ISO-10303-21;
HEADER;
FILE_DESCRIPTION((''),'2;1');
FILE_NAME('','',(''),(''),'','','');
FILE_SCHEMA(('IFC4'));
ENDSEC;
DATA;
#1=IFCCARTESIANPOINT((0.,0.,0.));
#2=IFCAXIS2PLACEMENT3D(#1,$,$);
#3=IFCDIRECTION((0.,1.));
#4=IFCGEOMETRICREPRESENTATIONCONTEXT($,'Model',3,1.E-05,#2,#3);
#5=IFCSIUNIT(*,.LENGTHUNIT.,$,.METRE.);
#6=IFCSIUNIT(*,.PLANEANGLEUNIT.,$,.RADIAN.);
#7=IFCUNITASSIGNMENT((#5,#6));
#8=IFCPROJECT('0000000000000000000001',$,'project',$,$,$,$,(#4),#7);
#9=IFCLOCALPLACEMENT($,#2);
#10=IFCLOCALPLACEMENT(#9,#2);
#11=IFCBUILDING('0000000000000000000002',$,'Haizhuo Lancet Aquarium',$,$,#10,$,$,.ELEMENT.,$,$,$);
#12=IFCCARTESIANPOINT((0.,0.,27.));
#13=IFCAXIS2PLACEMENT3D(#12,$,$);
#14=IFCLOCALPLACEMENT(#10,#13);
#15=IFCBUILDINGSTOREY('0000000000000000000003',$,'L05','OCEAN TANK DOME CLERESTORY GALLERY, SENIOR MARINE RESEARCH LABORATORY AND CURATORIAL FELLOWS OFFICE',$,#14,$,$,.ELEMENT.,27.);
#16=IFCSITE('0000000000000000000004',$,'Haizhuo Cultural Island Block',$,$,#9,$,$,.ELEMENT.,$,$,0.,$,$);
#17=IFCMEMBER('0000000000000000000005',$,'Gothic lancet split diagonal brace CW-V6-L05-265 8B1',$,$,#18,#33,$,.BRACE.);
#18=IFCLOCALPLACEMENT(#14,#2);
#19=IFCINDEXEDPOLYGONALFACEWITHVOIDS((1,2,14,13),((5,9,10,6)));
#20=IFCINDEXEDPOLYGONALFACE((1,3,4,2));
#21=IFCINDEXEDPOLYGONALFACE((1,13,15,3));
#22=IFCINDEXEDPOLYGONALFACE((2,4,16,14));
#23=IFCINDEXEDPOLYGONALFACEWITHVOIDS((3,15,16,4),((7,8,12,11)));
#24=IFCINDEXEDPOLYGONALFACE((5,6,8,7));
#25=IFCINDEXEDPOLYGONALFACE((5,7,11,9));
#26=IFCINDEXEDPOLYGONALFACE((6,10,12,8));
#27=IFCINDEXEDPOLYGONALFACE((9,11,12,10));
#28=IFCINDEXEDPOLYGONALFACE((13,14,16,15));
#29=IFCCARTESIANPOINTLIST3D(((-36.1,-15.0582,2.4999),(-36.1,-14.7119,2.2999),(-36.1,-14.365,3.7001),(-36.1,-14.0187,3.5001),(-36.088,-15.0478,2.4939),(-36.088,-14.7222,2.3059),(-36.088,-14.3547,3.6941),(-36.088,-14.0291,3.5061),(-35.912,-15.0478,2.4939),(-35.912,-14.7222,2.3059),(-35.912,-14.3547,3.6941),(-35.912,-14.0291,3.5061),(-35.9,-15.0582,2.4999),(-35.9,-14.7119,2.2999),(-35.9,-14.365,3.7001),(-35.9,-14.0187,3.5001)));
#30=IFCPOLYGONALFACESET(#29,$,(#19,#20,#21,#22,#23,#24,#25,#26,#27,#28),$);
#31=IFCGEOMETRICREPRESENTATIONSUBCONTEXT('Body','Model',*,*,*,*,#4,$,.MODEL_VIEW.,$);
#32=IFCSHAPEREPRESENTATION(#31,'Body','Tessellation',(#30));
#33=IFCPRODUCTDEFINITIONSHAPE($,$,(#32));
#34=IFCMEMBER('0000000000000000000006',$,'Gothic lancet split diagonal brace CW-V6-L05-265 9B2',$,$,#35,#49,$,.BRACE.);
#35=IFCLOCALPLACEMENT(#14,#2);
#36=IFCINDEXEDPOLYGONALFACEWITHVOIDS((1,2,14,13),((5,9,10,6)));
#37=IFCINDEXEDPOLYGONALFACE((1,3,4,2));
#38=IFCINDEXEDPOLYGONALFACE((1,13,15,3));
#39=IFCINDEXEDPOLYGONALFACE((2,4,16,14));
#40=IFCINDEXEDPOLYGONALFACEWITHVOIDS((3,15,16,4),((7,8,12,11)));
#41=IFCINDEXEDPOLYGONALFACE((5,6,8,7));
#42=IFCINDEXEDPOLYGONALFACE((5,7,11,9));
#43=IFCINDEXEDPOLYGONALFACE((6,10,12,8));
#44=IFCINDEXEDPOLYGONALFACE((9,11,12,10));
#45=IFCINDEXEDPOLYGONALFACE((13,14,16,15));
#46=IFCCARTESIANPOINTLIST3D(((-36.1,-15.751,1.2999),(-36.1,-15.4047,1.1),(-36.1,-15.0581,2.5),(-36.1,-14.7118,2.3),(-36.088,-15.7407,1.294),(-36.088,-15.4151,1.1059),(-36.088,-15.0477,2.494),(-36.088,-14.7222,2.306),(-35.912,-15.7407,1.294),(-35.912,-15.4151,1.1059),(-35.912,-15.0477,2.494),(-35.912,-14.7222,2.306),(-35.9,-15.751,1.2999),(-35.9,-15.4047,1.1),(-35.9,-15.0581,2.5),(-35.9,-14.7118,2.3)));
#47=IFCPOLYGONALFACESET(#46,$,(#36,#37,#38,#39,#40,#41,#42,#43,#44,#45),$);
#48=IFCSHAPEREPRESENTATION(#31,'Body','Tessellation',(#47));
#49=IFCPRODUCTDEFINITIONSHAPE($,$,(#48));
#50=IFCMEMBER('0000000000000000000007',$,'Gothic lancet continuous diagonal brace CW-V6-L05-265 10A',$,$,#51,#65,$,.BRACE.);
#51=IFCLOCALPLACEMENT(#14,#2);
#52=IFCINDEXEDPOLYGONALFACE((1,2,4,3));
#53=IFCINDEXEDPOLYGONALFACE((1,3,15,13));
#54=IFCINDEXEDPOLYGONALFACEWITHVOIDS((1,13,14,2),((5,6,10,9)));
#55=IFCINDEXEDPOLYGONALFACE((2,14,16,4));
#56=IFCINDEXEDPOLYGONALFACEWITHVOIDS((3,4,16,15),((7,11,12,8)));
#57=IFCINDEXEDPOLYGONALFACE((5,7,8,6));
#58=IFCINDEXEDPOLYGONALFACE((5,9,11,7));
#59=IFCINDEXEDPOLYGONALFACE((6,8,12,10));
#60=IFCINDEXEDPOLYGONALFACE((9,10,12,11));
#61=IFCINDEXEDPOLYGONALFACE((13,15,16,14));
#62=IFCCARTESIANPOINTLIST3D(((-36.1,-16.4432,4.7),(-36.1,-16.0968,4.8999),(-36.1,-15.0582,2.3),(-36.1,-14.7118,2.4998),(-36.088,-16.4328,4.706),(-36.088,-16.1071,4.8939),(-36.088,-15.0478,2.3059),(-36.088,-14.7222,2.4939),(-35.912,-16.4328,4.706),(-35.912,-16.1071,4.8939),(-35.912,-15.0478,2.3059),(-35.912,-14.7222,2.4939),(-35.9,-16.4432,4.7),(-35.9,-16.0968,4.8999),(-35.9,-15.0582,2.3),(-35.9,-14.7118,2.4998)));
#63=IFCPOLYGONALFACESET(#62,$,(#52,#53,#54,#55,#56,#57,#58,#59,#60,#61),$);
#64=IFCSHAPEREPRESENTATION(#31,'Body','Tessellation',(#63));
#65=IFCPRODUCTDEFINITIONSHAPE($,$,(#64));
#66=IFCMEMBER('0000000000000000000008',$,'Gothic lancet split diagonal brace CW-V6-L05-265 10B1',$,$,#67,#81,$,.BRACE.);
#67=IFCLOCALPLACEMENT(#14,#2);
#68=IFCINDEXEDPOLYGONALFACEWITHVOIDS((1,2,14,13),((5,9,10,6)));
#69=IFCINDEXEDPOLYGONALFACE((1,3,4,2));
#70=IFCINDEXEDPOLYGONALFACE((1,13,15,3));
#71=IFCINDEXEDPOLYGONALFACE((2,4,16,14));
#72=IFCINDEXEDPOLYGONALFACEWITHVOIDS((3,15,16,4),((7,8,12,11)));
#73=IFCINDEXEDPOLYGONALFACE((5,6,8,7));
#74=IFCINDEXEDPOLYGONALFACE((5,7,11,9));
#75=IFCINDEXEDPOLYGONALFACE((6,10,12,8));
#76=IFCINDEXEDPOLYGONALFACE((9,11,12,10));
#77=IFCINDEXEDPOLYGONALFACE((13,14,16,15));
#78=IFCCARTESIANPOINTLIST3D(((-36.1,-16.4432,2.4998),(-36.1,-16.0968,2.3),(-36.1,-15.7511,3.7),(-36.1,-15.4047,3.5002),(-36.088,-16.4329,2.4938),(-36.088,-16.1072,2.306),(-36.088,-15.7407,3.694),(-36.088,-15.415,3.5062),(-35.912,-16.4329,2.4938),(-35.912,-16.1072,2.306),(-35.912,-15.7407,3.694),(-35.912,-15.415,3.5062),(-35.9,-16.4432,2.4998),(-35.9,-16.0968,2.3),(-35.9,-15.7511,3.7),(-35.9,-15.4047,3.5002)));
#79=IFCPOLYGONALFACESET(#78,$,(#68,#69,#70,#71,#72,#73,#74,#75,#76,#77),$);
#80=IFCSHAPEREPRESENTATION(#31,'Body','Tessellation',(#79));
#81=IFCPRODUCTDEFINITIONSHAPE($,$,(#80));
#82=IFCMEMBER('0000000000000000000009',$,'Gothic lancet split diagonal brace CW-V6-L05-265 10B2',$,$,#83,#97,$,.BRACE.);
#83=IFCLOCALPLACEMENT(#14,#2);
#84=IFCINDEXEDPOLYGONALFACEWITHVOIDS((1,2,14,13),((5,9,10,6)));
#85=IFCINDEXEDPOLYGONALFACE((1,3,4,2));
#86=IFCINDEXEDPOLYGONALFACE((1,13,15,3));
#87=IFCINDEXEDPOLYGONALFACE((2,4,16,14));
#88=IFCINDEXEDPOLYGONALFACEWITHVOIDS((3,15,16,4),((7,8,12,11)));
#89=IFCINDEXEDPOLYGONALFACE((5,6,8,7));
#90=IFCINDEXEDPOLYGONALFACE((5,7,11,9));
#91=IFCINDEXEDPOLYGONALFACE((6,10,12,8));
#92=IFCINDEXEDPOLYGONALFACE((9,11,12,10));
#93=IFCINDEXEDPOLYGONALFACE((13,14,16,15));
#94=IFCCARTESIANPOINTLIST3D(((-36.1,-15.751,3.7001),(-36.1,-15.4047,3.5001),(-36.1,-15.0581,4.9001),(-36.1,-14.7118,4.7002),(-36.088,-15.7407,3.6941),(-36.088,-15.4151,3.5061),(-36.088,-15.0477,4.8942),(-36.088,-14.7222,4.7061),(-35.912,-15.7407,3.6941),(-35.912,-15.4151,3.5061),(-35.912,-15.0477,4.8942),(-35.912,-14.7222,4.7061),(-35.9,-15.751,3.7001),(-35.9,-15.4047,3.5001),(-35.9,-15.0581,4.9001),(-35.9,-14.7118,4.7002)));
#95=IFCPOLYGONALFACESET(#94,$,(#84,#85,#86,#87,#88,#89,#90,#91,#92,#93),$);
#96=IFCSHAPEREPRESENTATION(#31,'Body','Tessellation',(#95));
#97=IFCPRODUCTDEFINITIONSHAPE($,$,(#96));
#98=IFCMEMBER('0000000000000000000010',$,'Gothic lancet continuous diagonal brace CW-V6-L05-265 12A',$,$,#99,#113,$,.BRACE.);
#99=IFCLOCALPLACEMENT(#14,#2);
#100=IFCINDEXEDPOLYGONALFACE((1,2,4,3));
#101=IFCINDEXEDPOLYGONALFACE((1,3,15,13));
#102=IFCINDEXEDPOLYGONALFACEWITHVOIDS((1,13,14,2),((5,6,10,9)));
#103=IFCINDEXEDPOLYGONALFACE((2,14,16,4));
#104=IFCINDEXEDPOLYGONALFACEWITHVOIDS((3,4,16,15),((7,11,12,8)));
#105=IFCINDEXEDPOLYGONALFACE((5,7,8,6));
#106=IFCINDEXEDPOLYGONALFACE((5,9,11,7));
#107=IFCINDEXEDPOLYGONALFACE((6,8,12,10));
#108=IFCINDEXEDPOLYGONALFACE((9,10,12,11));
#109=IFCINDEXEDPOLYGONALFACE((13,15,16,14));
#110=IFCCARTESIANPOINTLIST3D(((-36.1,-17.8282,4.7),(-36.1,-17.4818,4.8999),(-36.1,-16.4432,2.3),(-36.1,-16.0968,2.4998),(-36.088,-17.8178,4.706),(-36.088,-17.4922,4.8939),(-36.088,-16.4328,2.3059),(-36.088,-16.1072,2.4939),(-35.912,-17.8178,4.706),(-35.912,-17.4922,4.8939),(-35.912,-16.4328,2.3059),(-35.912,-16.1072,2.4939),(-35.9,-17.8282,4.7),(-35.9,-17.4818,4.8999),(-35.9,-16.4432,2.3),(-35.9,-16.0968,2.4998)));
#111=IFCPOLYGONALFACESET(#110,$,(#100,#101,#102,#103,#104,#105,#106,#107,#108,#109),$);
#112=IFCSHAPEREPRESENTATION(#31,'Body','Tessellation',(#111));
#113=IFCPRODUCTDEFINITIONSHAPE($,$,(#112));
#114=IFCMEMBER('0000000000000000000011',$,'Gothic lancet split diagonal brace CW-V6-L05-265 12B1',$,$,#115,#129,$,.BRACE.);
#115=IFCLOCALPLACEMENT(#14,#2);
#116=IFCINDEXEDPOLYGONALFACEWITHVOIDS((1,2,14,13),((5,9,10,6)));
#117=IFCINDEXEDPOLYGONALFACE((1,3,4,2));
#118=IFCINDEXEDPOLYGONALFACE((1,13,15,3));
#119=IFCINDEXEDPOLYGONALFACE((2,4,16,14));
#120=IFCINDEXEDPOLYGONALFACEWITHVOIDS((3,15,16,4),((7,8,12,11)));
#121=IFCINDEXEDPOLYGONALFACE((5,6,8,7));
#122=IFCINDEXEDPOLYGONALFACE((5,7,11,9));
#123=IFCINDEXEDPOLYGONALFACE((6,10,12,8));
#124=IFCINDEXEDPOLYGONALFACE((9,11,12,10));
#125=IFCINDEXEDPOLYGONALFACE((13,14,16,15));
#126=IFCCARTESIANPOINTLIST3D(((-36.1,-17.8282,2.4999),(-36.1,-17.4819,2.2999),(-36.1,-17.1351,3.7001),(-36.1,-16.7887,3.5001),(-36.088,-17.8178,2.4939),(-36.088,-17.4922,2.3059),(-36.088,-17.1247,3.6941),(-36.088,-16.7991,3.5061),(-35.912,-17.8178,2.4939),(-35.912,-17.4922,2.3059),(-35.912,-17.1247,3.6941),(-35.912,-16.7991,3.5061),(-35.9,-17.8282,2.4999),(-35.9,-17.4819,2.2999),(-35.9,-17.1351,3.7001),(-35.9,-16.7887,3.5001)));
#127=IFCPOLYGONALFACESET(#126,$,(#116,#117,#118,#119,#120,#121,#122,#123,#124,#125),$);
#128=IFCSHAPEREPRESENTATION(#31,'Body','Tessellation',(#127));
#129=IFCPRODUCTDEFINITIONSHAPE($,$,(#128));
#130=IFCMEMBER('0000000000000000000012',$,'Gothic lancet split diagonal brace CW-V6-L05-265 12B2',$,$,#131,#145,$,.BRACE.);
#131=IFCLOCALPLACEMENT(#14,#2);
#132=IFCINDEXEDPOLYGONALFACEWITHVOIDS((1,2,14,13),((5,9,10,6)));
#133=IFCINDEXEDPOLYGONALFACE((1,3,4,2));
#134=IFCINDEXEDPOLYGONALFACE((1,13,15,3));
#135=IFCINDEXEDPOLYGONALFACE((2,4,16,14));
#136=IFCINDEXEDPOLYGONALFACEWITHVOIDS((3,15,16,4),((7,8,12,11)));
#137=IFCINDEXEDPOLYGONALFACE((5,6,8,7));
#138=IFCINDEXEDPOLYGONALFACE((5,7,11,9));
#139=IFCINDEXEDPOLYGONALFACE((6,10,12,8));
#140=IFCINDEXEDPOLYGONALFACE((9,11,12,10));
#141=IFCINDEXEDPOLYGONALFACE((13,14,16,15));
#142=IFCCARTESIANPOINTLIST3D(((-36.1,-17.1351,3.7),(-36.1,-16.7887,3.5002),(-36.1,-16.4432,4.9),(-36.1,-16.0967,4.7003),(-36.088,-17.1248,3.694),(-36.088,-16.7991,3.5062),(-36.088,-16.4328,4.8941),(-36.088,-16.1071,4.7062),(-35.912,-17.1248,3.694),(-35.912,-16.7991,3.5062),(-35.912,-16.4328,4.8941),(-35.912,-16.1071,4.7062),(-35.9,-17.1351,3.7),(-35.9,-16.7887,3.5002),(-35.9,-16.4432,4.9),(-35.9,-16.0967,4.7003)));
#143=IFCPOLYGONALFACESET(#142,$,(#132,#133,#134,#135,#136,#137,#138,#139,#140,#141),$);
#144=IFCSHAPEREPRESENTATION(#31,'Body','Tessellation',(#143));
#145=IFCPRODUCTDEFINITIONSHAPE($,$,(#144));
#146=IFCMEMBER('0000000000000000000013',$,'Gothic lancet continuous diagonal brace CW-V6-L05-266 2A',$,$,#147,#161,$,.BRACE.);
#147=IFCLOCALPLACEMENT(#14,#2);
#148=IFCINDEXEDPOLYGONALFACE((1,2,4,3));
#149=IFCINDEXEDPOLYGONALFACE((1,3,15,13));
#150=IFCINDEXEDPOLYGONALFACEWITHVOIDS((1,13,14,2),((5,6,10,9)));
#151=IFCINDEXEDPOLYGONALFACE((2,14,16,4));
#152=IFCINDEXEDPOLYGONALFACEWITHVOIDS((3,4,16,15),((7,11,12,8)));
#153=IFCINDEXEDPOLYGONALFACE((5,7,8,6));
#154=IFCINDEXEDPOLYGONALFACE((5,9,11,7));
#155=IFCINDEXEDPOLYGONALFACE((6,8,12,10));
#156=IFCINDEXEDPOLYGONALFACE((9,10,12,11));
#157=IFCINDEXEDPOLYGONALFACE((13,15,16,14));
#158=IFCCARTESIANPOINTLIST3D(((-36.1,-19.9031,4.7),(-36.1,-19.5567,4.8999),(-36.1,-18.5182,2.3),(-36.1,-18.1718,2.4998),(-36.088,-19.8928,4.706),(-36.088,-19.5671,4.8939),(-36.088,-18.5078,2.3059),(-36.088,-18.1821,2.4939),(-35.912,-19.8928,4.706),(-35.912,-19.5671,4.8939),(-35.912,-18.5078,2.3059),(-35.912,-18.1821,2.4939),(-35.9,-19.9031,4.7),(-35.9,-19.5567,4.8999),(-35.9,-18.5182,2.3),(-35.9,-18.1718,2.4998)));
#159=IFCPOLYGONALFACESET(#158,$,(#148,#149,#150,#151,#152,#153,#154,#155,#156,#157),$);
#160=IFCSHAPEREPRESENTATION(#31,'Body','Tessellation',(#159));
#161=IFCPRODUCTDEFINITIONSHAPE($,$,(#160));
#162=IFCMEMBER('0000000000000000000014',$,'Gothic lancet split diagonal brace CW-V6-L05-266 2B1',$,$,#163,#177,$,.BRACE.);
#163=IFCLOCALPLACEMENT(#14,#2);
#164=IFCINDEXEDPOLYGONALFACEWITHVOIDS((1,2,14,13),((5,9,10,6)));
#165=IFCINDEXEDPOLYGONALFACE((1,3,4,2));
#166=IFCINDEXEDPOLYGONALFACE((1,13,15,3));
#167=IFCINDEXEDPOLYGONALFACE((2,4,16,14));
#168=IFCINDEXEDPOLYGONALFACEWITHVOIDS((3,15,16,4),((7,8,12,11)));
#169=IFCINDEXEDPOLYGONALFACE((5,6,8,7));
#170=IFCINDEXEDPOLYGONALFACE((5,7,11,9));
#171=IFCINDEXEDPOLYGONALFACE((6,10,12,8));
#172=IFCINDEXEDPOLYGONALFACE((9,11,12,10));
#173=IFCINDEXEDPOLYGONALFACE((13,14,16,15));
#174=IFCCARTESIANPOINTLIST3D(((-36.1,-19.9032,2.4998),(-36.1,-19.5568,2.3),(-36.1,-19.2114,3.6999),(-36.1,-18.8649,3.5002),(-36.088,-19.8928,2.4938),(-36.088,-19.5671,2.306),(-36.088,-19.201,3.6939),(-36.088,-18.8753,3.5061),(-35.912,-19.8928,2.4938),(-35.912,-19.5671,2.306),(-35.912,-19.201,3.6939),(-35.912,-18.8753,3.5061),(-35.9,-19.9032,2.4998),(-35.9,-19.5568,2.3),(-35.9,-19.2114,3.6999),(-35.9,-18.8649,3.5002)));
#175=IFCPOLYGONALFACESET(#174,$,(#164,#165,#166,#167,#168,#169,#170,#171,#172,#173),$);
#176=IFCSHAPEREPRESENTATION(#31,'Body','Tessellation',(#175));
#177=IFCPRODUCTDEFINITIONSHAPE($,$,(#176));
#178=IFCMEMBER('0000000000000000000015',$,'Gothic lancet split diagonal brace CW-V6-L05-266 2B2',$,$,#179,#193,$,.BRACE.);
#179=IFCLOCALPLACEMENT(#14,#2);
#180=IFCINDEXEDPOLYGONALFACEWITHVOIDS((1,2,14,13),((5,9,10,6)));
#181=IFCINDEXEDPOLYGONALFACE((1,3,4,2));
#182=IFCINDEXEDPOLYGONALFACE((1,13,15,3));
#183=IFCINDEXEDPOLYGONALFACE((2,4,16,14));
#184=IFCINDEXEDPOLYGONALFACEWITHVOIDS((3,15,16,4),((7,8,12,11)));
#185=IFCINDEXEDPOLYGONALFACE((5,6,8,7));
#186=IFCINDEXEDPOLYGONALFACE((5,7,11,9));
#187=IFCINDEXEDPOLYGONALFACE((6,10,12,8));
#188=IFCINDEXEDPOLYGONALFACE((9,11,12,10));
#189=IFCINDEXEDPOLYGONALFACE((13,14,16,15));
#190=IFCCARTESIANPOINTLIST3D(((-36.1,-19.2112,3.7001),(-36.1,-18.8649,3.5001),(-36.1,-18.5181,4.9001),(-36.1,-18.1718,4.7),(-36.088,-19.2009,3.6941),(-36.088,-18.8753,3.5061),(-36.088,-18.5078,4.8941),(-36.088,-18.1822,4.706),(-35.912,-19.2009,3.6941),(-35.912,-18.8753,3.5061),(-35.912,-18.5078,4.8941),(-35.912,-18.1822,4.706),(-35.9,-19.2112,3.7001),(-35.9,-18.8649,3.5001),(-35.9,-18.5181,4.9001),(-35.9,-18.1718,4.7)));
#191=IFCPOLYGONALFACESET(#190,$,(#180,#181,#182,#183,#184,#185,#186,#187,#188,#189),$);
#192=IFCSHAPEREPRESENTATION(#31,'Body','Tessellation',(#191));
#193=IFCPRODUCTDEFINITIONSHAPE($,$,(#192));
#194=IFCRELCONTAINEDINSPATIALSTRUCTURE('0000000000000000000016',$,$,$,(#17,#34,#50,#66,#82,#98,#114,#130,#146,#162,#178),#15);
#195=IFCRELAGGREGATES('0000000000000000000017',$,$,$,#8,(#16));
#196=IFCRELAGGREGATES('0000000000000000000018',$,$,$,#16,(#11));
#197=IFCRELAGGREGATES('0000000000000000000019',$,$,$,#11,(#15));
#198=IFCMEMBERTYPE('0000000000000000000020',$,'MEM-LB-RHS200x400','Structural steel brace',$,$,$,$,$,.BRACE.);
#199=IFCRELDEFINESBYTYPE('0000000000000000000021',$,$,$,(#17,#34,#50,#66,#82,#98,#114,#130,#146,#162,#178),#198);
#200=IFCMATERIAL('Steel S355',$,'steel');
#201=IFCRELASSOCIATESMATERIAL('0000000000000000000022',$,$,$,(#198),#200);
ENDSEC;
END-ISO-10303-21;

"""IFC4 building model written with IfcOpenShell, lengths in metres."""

from ifc_helpers import new_model, si_unit, direction, frame, origin, origin_2d, place, context, subcontext, project, spatial, hollow_rectangle, extrude, material, material_profile, profile_set, type_object, element, save


model = new_model("IFC4")

# Units and contexts
model_context = context("Model", 3, precision=1e-05, world=origin(), true_north=direction((0.0, 1.0)))
body_context = subcontext(model_context, "Body", "Model", "MODEL_VIEW")
ifc_project = project(units=[si_unit("LENGTHUNIT", "METRE"), si_unit("PLANEANGLEUNIT", "RADIAN")], contexts=[model_context])

# Site, building, storey
site_placement = place(None, origin())
site = spatial("IfcSite", under=ifc_project, at=site_placement, Name="Haizhuo Cultural Island Block", CompositionType="ELEMENT", RefElevation=0.0)
building_placement = place(site_placement, origin())
building = spatial("IfcBuilding", under=site, at=building_placement, Name="Haizhuo Lancet Aquarium", CompositionType="ELEMENT")
storey_placement = place(building_placement, frame((0.0, 0.0, 27.0)))
storey = spatial("IfcBuildingStorey", under=building, at=storey_placement, Name="L05", Description="OCEAN TANK DOME CLERESTORY GALLERY, SENIOR MARINE RESEARCH LABORATORY AND CURATORIAL FELLOWS OFFICE", CompositionType="ELEMENT", Elevation=27.0)

# Shared definitions
ifc_material_1 = material(Name="Steel S355", Category="steel")

# Members
ifc_material_profile_1 = material_profile(ifc_material_1, hollow_rectangle(XDim=0.2, YDim=0.3999, WallThickness=0.012, at=origin_2d()), Name="RHS 200x400x12")
ifc_profile_set_1 = profile_set([ifc_material_profile_1], Name="Steel S355")
member_type_1 = type_object("IfcMemberType", Name="MEM-LB-RHS200x400", Description="Structural steel brace", PredefinedType="BRACE", material=ifc_profile_set_1)
member_1_placement = place(storey_placement, frame((-36.0, -14.885, 2.3999), z_axis=(0.0, 0.500099, 0.865968), x_axis=(-1.0, 0.0, 0.0)))
element("IfcMember", 1, at=member_1_placement, inside=storey, type_object=member_type_1, Name="Gothic lancet split diagonal brace CW-V6-L05-265 8B1", PredefinedType="BRACE", context=body_context, shape_type="SweptSolid", body=[
    extrude(hollow_rectangle(XDim=0.2, YDim=0.3999, WallThickness=0.012, at=origin_2d()), origin(), (0.0, 0.0, 1.0), 1.386),
])
member_2_placement = place(storey_placement, frame((-36.0, -15.5779, 1.2), z_axis=(0.0, 0.500043, 0.866001), x_axis=(-1.0, 0.0, 0.0)))
element("IfcMember", 2, at=member_2_placement, inside=storey, type_object=member_type_1, Name="Gothic lancet split diagonal brace CW-V6-L05-265 9B2", PredefinedType="BRACE", context=body_context, shape_type="SweptSolid", body=[
    extrude(hollow_rectangle(XDim=0.2, YDim=0.3999, WallThickness=0.012, at=origin_2d()), origin(), (0.0, 0.0, 1.0), 1.3857),
])
member_3_placement = place(storey_placement, frame((-36.0, -14.885, 2.3999), z_axis=(0.0, -0.499806, 0.866137), x_axis=(1.0, 0.0, 0.0)))
element("IfcMember", 3, at=member_3_placement, inside=storey, type_object=member_type_1, Name="Gothic lancet continuous diagonal brace CW-V6-L05-265 10A", PredefinedType="BRACE", context=body_context, shape_type="SweptSolid", body=[
    extrude(hollow_rectangle(XDim=0.2, YDim=0.3999, WallThickness=0.012, at=origin_2d()), origin(), (0.0, 0.0, 1.0), 2.771),
])
member_4_placement = place(storey_placement, frame((-36.0, -16.27, 2.3999), z_axis=(0.0, 0.49957, 0.866274), x_axis=(-1.0, 0.0, 0.0)))
element("IfcMember", 4, at=member_4_placement, inside=storey, type_object=member_type_1, Name="Gothic lancet split diagonal brace CW-V6-L05-265 10B1", PredefinedType="BRACE", context=body_context, shape_type="SweptSolid", body=[
    extrude(hollow_rectangle(XDim=0.2, YDim=0.3999, WallThickness=0.012, at=origin_2d()), origin(), (0.0, 0.0, 1.0), 1.3855),
])
member_5_placement = place(storey_placement, frame((-36.0, -15.5779, 3.6001), z_axis=(0.0, 0.500043, 0.866001), x_axis=(-1.0, 0.0, 0.0)))
element("IfcMember", 5, at=member_5_placement, inside=storey, type_object=member_type_1, Name="Gothic lancet split diagonal brace CW-V6-L05-265 10B2", PredefinedType="BRACE", context=body_context, shape_type="SweptSolid", body=[
    extrude(hollow_rectangle(XDim=0.2, YDim=0.3999, WallThickness=0.012, at=origin_2d()), origin(), (0.0, 0.0, 1.0), 1.3857),
])
member_6_placement = place(storey_placement, frame((-36.0, -16.27, 2.3999), z_axis=(0.0, -0.499806, 0.866137), x_axis=(1.0, 0.0, 0.0)))
element("IfcMember", 6, at=member_6_placement, inside=storey, type_object=member_type_1, Name="Gothic lancet continuous diagonal brace CW-V6-L05-265 12A", PredefinedType="BRACE", context=body_context, shape_type="SweptSolid", body=[
    extrude(hollow_rectangle(XDim=0.2, YDim=0.3999, WallThickness=0.012, at=origin_2d()), origin(), (0.0, 0.0, 1.0), 2.771),
])
member_7_placement = place(storey_placement, frame((-36.0, -17.655, 2.3999), z_axis=(0.0, 0.500099, 0.865968), x_axis=(-1.0, 0.0, 0.0)))
element("IfcMember", 7, at=member_7_placement, inside=storey, type_object=member_type_1, Name="Gothic lancet split diagonal brace CW-V6-L05-265 12B1", PredefinedType="BRACE", context=body_context, shape_type="SweptSolid", body=[
    extrude(hollow_rectangle(XDim=0.2, YDim=0.3999, WallThickness=0.012, at=origin_2d()), origin(), (0.0, 0.0, 1.0), 1.386),
])
member_8_placement = place(storey_placement, frame((-36.0, -16.9619, 3.6001), z_axis=(0.0, 0.499514, 0.866306), x_axis=(-1.0, 0.0, 0.0)))
element("IfcMember", 8, at=member_8_placement, inside=storey, type_object=member_type_1, Name="Gothic lancet split diagonal brace CW-V6-L05-265 12B2", PredefinedType="BRACE", context=body_context, shape_type="SweptSolid", body=[
    extrude(hollow_rectangle(XDim=0.2, YDim=0.3999, WallThickness=0.012, at=origin_2d()), origin(), (0.0, 0.0, 1.0), 1.3853),
])
member_9_placement = place(storey_placement, frame((-36.0, -18.345, 2.3999), z_axis=(0.0, -0.499806, 0.866137), x_axis=(1.0, 0.0, 0.0)))
element("IfcMember", 9, at=member_9_placement, inside=storey, type_object=member_type_1, Name="Gothic lancet continuous diagonal brace CW-V6-L05-266 2A", PredefinedType="BRACE", context=body_context, shape_type="SweptSolid", body=[
    extrude(hollow_rectangle(XDim=0.2, YDim=0.3999, WallThickness=0.012, at=origin_2d()), origin(), (0.0, 0.0, 1.0), 2.771),
])
member_10_placement = place(storey_placement, frame((-36.0, -19.73, 2.3999), z_axis=(0.0, 0.499438, 0.86635), x_axis=(-1.0, 0.0, 0.0)))
element("IfcMember", 10, at=member_10_placement, inside=storey, type_object=member_type_1, Name="Gothic lancet split diagonal brace CW-V6-L05-266 2B1", PredefinedType="BRACE", context=body_context, shape_type="SweptSolid", body=[
    extrude(hollow_rectangle(XDim=0.2, YDim=0.3999, WallThickness=0.012, at=origin_2d()), origin(), (0.0, 0.0, 1.0), 1.3853),
])
member_11_placement = place(storey_placement, frame((-36.0, -19.0381, 3.6001), z_axis=(0.0, 0.500175, 0.865924), x_axis=(-1.0, 0.0, 0.0)))
element("IfcMember", 11, at=member_11_placement, inside=storey, type_object=member_type_1, Name="Gothic lancet split diagonal brace CW-V6-L05-266 2B2", PredefinedType="BRACE", context=body_context, shape_type="SweptSolid", body=[
    extrude(hollow_rectangle(XDim=0.2, YDim=0.3999, WallThickness=0.012, at=origin_2d()), origin(), (0.0, 0.0, 1.0), 1.3857),
])

save(model, "model.ifc")
